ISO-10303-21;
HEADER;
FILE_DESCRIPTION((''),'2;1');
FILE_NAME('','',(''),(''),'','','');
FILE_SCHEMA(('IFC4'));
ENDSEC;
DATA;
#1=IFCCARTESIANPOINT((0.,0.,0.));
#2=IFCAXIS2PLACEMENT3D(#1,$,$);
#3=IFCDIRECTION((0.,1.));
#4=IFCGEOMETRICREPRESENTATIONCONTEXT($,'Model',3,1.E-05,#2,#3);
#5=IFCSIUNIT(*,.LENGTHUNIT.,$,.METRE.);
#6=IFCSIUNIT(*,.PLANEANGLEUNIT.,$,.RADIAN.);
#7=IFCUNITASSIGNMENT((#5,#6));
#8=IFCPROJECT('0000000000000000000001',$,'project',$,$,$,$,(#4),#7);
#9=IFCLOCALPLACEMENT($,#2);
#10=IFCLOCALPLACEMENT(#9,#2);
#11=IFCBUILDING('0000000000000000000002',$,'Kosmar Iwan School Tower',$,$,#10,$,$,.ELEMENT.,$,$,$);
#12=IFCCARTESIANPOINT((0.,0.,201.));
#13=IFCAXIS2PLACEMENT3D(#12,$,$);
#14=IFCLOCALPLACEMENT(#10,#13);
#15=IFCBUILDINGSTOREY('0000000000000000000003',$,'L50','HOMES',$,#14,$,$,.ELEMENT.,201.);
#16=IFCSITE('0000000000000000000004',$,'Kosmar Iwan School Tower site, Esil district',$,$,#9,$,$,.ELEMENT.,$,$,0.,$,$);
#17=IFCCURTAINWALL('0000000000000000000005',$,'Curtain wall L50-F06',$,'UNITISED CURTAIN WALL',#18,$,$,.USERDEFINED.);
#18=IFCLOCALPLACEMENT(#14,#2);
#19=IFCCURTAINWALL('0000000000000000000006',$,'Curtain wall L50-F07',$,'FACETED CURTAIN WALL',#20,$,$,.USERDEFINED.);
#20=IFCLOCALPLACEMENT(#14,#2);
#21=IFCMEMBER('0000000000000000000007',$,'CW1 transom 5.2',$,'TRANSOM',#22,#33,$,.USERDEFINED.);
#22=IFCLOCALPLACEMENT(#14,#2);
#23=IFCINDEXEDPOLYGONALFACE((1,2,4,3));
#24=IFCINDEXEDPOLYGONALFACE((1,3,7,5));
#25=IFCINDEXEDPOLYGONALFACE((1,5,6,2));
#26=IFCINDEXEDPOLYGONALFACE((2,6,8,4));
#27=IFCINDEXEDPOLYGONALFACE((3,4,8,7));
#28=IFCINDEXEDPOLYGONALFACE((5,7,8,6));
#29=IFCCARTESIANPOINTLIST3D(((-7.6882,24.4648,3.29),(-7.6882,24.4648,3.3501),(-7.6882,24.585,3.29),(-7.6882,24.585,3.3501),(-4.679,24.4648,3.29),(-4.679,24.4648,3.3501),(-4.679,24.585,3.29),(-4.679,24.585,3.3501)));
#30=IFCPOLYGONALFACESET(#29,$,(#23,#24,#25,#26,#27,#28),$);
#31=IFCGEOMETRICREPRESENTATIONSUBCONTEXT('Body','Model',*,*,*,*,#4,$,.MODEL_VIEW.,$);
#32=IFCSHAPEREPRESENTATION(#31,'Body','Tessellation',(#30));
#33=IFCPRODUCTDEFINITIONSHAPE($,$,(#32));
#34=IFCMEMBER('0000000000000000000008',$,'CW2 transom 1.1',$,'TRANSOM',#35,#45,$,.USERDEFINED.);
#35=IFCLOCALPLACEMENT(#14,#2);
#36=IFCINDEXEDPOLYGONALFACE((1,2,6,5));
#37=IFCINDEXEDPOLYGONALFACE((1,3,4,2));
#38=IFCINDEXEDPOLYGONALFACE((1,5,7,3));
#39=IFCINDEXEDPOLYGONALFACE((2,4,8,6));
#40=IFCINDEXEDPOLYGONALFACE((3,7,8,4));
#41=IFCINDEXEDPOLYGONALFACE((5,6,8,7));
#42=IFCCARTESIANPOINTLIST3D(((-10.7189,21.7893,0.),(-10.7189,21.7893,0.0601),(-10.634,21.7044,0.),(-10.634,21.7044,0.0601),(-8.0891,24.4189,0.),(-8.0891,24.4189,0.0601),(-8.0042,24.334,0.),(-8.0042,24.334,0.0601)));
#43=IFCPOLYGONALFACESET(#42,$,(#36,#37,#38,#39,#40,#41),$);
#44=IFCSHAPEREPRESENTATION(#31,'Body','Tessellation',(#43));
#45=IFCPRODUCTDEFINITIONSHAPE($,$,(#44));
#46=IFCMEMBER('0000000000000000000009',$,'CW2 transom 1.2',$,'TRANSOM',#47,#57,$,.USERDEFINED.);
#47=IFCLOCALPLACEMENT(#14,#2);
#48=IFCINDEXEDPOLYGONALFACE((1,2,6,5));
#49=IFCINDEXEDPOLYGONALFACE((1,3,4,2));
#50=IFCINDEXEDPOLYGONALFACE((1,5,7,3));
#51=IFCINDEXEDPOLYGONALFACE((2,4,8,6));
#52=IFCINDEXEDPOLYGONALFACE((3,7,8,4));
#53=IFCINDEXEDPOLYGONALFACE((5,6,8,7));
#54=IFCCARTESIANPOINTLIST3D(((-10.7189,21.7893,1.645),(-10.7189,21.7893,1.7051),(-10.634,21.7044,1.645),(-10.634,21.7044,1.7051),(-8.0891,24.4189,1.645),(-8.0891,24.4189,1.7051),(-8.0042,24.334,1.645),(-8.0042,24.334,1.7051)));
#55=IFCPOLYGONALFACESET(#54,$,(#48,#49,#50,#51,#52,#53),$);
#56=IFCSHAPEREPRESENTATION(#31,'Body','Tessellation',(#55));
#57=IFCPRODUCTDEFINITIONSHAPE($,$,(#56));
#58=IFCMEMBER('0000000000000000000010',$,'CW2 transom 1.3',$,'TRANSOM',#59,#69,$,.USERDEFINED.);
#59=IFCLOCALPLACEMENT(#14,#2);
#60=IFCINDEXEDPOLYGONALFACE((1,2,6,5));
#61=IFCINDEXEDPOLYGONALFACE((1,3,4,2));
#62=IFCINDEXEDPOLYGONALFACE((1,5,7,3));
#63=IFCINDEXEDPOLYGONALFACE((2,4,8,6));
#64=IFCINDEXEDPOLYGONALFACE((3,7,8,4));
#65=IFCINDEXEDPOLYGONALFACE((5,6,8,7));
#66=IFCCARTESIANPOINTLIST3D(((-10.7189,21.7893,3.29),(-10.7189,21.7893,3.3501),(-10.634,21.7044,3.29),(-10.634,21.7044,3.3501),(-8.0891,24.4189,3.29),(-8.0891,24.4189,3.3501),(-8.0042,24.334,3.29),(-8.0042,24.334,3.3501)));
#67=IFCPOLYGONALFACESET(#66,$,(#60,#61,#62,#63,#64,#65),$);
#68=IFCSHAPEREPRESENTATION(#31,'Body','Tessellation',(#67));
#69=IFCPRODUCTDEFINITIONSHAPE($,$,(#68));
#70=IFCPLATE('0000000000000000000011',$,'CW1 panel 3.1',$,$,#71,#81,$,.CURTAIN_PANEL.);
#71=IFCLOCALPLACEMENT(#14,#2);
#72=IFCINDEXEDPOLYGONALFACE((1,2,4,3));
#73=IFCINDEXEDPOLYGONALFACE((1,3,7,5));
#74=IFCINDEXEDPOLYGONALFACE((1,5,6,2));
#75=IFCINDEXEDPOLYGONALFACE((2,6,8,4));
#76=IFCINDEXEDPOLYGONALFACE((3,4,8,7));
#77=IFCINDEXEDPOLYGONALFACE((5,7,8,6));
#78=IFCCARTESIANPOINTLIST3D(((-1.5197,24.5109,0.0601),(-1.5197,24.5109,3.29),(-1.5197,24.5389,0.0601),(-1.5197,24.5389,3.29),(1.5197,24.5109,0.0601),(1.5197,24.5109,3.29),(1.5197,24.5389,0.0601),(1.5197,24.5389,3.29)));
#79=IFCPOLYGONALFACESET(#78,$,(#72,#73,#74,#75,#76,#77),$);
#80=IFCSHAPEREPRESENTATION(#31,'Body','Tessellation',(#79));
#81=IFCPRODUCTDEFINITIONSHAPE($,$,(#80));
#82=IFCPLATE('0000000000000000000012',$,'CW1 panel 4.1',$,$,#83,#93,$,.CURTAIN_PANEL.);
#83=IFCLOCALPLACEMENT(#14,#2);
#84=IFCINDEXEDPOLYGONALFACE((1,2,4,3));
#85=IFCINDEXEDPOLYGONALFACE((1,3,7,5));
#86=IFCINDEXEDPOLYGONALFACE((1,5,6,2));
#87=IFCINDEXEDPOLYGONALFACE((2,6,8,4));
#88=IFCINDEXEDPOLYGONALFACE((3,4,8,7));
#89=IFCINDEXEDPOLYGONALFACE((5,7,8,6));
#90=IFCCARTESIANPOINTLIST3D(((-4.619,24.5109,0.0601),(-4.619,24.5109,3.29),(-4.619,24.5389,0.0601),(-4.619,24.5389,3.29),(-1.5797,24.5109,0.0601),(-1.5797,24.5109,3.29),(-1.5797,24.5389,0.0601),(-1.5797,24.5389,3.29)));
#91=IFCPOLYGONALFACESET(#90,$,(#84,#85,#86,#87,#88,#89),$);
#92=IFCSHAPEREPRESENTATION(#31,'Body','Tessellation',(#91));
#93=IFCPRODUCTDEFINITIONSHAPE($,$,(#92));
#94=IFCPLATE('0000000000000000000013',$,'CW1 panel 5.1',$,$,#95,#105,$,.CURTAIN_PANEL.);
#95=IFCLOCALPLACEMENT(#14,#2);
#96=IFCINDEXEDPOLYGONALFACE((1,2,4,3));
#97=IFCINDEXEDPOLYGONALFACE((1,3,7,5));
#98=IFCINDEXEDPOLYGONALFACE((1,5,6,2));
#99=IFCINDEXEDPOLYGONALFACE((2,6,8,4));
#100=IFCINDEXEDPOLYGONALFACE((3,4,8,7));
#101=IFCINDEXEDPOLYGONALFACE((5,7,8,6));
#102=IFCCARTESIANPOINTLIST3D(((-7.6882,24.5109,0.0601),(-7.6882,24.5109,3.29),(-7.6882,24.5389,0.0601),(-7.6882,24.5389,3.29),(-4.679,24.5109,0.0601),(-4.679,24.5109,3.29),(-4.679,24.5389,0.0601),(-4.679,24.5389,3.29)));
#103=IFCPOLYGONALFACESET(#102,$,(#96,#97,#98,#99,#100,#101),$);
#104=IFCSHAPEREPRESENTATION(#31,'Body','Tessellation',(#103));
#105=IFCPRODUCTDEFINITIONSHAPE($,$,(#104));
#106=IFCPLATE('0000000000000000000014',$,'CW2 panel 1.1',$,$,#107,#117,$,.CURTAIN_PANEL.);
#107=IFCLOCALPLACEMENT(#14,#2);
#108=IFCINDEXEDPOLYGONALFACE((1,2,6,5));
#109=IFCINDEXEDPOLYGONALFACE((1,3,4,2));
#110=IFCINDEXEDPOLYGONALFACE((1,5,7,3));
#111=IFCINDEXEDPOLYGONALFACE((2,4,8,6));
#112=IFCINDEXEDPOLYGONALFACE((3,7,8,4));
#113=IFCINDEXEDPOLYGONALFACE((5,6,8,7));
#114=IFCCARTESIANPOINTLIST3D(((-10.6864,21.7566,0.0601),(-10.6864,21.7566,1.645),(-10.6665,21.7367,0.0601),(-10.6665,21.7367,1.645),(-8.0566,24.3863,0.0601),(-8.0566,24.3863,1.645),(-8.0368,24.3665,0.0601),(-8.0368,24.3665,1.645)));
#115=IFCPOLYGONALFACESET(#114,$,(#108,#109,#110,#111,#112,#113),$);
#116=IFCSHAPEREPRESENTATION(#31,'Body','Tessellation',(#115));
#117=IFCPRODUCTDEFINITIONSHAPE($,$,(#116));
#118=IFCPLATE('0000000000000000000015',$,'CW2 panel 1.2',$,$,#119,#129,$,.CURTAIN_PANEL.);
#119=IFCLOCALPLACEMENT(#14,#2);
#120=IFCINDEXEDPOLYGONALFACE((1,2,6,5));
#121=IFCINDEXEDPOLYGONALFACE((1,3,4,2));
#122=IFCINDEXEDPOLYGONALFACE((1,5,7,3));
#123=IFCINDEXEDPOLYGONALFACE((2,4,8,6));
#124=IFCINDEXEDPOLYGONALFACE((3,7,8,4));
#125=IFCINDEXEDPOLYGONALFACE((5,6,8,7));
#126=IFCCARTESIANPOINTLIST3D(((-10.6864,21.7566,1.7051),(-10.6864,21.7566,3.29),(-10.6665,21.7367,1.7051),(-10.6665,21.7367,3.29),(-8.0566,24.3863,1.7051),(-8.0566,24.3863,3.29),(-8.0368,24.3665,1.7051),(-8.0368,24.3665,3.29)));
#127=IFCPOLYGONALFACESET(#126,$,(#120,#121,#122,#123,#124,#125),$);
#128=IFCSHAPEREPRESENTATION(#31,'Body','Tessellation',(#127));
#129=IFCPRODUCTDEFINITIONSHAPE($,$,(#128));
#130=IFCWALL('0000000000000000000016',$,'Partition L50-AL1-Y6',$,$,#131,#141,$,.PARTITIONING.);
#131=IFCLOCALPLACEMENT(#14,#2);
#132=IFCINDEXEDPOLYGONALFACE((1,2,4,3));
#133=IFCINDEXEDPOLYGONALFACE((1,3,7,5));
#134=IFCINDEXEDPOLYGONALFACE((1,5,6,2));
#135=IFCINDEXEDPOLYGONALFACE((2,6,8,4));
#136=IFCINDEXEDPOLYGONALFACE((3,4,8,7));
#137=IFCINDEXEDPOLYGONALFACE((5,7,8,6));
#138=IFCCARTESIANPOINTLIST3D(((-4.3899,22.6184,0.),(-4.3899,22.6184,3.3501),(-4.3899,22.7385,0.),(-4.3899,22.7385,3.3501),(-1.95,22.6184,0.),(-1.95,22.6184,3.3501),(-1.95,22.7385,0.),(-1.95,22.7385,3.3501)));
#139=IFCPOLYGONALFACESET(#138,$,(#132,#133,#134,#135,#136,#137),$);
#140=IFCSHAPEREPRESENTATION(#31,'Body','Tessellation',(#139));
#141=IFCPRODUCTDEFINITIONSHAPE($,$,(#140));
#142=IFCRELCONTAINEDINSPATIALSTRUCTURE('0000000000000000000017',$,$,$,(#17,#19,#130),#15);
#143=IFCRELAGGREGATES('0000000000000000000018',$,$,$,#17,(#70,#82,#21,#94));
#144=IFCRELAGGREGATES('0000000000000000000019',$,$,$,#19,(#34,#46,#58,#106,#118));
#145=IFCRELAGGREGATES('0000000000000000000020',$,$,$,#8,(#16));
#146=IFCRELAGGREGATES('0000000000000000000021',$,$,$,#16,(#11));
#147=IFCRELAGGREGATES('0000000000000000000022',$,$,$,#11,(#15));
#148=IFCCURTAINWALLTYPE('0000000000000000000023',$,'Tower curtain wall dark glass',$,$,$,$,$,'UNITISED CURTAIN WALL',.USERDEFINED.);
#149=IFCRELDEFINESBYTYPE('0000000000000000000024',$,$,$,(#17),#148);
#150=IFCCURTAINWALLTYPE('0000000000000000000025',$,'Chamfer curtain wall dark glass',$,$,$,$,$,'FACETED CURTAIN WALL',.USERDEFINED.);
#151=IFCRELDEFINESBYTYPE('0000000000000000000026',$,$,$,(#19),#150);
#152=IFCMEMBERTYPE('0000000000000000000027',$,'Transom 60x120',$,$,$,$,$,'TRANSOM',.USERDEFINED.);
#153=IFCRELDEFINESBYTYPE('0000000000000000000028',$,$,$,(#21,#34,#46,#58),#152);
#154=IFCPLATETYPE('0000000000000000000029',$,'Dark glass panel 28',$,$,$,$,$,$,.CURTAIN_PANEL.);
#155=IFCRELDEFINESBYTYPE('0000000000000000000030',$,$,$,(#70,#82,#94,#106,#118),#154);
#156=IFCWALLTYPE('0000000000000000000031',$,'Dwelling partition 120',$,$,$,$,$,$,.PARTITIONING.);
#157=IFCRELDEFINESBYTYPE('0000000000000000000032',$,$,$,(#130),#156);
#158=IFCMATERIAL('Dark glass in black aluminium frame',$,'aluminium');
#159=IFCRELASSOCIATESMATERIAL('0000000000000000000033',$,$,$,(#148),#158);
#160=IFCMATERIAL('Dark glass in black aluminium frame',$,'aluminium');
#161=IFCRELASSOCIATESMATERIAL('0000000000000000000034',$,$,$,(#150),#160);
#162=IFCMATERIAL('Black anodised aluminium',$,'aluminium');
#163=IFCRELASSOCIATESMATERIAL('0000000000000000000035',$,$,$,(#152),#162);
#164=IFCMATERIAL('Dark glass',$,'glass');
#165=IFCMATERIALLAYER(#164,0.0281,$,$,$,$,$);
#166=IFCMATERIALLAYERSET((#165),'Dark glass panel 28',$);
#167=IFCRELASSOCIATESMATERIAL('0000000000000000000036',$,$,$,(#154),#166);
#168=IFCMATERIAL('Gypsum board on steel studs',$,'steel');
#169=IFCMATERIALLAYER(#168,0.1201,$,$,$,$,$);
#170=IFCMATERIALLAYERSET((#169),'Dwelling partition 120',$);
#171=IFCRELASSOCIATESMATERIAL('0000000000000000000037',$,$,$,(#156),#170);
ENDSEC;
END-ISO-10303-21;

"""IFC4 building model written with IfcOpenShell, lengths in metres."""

from ifc_helpers import new_model, si_unit, direction, frame, frame_2d, origin, origin_2d, place, context, subcontext, project, spatial, rectangle, extrude, material, layer, layer_set, material_profile, profile_set, type_object, element, aggregate, save


model = new_model("IFC4")

# Units and contexts
model_context = context("Model", 3, precision=1e-05, world=origin(), true_north=direction((0.0, 1.0)))
body_context = subcontext(model_context, "Body", "Model", "MODEL_VIEW")
ifc_project = project(units=[si_unit("LENGTHUNIT", "METRE"), si_unit("PLANEANGLEUNIT", "RADIAN")], contexts=[model_context])

# Site, building, storey
site_placement = place(None, origin())
site = spatial("IfcSite", under=ifc_project, at=site_placement, Name="Kosmar Iwan School Tower site, Esil district", CompositionType="ELEMENT", RefElevation=0.0)
building_placement = place(site_placement, origin())
building = spatial("IfcBuilding", under=site, at=building_placement, Name="Kosmar Iwan School Tower", CompositionType="ELEMENT")
storey_placement = place(building_placement, frame((0.0, 0.0, 201.0)))
storey = spatial("IfcBuildingStorey", under=building, at=storey_placement, Name="L50", Description="HOMES", CompositionType="ELEMENT", Elevation=201.0)

# Curtain wall
ifc_material_1 = material(Name="Dark glass in black aluminium frame", Category="aluminium")
curtain_wall_type_1 = type_object("IfcCurtainWallType", Name="Tower curtain wall dark glass", ElementType="UNITISED CURTAIN WALL", PredefinedType="USERDEFINED", material=ifc_material_1)
curtain_wall_1_placement = place(storey_placement, origin())
curtain_wall_1 = element("IfcCurtainWall", 1, at=curtain_wall_1_placement, inside=storey, type_object=curtain_wall_type_1, Name="Curtain wall L50-F06", ObjectType="UNITISED CURTAIN WALL", PredefinedType="USERDEFINED")

# Curtain wall
ifc_material_2 = material(Name="Dark glass in black aluminium frame", Category="aluminium")
curtain_wall_type_2 = type_object("IfcCurtainWallType", Name="Chamfer curtain wall dark glass", ElementType="FACETED CURTAIN WALL", PredefinedType="USERDEFINED", material=ifc_material_2)
curtain_wall_2_placement = place(storey_placement, origin())
curtain_wall_2 = element("IfcCurtainWall", 2, at=curtain_wall_2_placement, inside=storey, type_object=curtain_wall_type_2, Name="Curtain wall L50-F07", ObjectType="FACETED CURTAIN WALL", PredefinedType="USERDEFINED")

# Members
ifc_material_3 = material(Name="Black anodised aluminium", Category="aluminium")
ifc_material_profile_1 = material_profile(ifc_material_3, rectangle(XDim=0.1201, YDim=0.0601, at=origin_2d()), Name="TRANSOM 60x120")
ifc_profile_set_1 = profile_set([ifc_material_profile_1], Name="Black anodised aluminium")
member_type_1 = type_object("IfcMemberType", Name="Transom 60x120", ElementType="TRANSOM", PredefinedType="USERDEFINED", material=ifc_profile_set_1)
member_1_placement = place(storey_placement, frame((-4.679, 24.5249, 3.3201), z_axis=(-1.0, 0.0, 0.0), x_axis=(0.0, -1.0, 0.0)))
member_1 = element("IfcMember", 3, at=member_1_placement, type_object=member_type_1, Name="CW1 transom 5.2", ObjectType="TRANSOM", PredefinedType="USERDEFINED", context=body_context, shape_type="SweptSolid", body=[
    extrude(rectangle(XDim=0.1201, YDim=0.0601, at=origin_2d()), origin(), (0.0, 0.0, 1.0), 3.0093),
])
member_2_placement = place(storey_placement, frame((-8.0466, 24.3765, 0.03), z_axis=(-0.70714, -0.707074, 0.0), x_axis=(0.707074, -0.70714, 0.0)))
member_2 = element("IfcMember", 4, at=member_2_placement, type_object=member_type_1, Name="CW2 transom 1.1", ObjectType="TRANSOM", PredefinedType="USERDEFINED", context=body_context, shape_type="SweptSolid", body=[
    extrude(rectangle(XDim=0.1201, YDim=0.0601, at=origin_2d()), origin(), (0.0, 0.0, 1.0), 3.719),
])
member_3_placement = place(storey_placement, frame((-8.0466, 24.3765, 1.675), z_axis=(-0.70714, -0.707074, 0.0), x_axis=(0.707074, -0.70714, 0.0)))
member_3 = element("IfcMember", 5, at=member_3_placement, type_object=member_type_1, Name="CW2 transom 1.2", ObjectType="TRANSOM", PredefinedType="USERDEFINED", context=body_context, shape_type="SweptSolid", body=[
    extrude(rectangle(XDim=0.1201, YDim=0.0601, at=origin_2d()), origin(), (0.0, 0.0, 1.0), 3.719),
])
member_4_placement = place(storey_placement, frame((-8.0466, 24.3765, 3.3201), z_axis=(-0.70714, -0.707074, 0.0), x_axis=(0.707074, -0.70714, 0.0)))
member_4 = element("IfcMember", 6, at=member_4_placement, type_object=member_type_1, Name="CW2 transom 1.3", ObjectType="TRANSOM", PredefinedType="USERDEFINED", context=body_context, shape_type="SweptSolid", body=[
    extrude(rectangle(XDim=0.1201, YDim=0.0601, at=origin_2d()), origin(), (0.0, 0.0, 1.0), 3.719),
])

# Plates
ifc_material_4 = material(Name="Dark glass", Category="glass")
ifc_layer_1 = layer(ifc_material_4, 0.0281)
ifc_layer_set_1 = layer_set([ifc_layer_1], Name="Dark glass panel 28")
plate_type = type_object("IfcPlateType", Name="Dark glass panel 28", PredefinedType="CURTAIN_PANEL", material=ifc_layer_set_1)
plate_1_placement = place(storey_placement, frame((0.0, 24.5249, 0.0601), z_axis=(0.0, 0.0, 1.0), x_axis=(-1.0, 0.0, 0.0)))
plate_1 = element("IfcPlate", 7, at=plate_1_placement, type_object=plate_type, Name="CW1 panel 3.1", PredefinedType="CURTAIN_PANEL", context=body_context, shape_type="SweptSolid", body=[
    extrude(rectangle(XDim=3.0393, YDim=0.0281, at=origin_2d()), origin(), (0.0, 0.0, 1.0), 3.23),
])
plate_2_placement = place(storey_placement, frame((-3.0994, 24.5249, 0.0601), z_axis=(0.0, 0.0, 1.0), x_axis=(-1.0, 0.0, 0.0)))
plate_2 = element("IfcPlate", 8, at=plate_2_placement, type_object=plate_type, Name="CW1 panel 4.1", PredefinedType="CURTAIN_PANEL", context=body_context, shape_type="SweptSolid", body=[
    extrude(rectangle(XDim=3.0393, YDim=0.0281, at=origin_2d()), origin(), (0.0, 0.0, 1.0), 3.23),
])
plate_3_placement = place(storey_placement, frame((-6.1836, 24.5249, 0.0601), z_axis=(0.0, 0.0, 1.0), x_axis=(-1.0, 0.0, 0.0)))
plate_3 = element("IfcPlate", 9, at=plate_3_placement, type_object=plate_type, Name="CW1 panel 5.1", PredefinedType="CURTAIN_PANEL", context=body_context, shape_type="SweptSolid", body=[
    extrude(rectangle(XDim=3.0093, YDim=0.0281, at=origin_2d()), origin(), (0.0, 0.0, 1.0), 3.23),
])
aggregate(curtain_wall_1, [plate_1, plate_2, member_1, plate_3])
plate_4_placement = place(storey_placement, frame((-9.3616, 23.0615, 0.0601), z_axis=(0.0, 0.0, 1.0), x_axis=(-0.707107, -0.707107, 0.0)))
plate_4 = element("IfcPlate", 10, at=plate_4_placement, type_object=plate_type, Name="CW2 panel 1.1", PredefinedType="CURTAIN_PANEL", context=body_context, shape_type="SweptSolid", body=[
    extrude(rectangle(XDim=3.719, YDim=0.0281, at=origin_2d()), origin(), (0.0, 0.0, 1.0), 1.585),
])
plate_5_placement = place(storey_placement, frame((-9.3616, 23.0615, 1.7051), z_axis=(0.0, 0.0, 1.0), x_axis=(-0.707107, -0.707107, 0.0)))
plate_5 = element("IfcPlate", 11, at=plate_5_placement, type_object=plate_type, Name="CW2 panel 1.2", PredefinedType="CURTAIN_PANEL", context=body_context, shape_type="SweptSolid", body=[
    extrude(rectangle(XDim=3.719, YDim=0.0281, at=origin_2d()), origin(), (0.0, 0.0, 1.0), 1.585),
])
aggregate(curtain_wall_2, [member_2, member_3, member_4, plate_4, plate_5])

# Wall
ifc_material_5 = material(Name="Gypsum board on steel studs", Category="steel")
ifc_layer_2 = layer(ifc_material_5, 0.1201)
ifc_layer_set_2 = layer_set([ifc_layer_2], Name="Dwelling partition 120")
wall_type = type_object("IfcWallType", Name="Dwelling partition 120", PredefinedType="PARTITIONING", material=ifc_layer_set_2)
wall_placement = place(storey_placement, frame((-1.95, 22.6785, 0.0), z_axis=(0.0, 0.0, 1.0), x_axis=(-1.0, 0.0, 0.0)))
element("IfcWall", 12, at=wall_placement, inside=storey, type_object=wall_type, Name="Partition L50-AL1-Y6", PredefinedType="PARTITIONING", context=body_context, shape_type="SweptSolid", body=[
    extrude(rectangle(XDim=2.4399, YDim=0.1201, at=frame_2d((1.22, 0.0))), origin(), (0.0, 0.0, 1.0), 3.3501),
])

save(model, "model.ifc")
